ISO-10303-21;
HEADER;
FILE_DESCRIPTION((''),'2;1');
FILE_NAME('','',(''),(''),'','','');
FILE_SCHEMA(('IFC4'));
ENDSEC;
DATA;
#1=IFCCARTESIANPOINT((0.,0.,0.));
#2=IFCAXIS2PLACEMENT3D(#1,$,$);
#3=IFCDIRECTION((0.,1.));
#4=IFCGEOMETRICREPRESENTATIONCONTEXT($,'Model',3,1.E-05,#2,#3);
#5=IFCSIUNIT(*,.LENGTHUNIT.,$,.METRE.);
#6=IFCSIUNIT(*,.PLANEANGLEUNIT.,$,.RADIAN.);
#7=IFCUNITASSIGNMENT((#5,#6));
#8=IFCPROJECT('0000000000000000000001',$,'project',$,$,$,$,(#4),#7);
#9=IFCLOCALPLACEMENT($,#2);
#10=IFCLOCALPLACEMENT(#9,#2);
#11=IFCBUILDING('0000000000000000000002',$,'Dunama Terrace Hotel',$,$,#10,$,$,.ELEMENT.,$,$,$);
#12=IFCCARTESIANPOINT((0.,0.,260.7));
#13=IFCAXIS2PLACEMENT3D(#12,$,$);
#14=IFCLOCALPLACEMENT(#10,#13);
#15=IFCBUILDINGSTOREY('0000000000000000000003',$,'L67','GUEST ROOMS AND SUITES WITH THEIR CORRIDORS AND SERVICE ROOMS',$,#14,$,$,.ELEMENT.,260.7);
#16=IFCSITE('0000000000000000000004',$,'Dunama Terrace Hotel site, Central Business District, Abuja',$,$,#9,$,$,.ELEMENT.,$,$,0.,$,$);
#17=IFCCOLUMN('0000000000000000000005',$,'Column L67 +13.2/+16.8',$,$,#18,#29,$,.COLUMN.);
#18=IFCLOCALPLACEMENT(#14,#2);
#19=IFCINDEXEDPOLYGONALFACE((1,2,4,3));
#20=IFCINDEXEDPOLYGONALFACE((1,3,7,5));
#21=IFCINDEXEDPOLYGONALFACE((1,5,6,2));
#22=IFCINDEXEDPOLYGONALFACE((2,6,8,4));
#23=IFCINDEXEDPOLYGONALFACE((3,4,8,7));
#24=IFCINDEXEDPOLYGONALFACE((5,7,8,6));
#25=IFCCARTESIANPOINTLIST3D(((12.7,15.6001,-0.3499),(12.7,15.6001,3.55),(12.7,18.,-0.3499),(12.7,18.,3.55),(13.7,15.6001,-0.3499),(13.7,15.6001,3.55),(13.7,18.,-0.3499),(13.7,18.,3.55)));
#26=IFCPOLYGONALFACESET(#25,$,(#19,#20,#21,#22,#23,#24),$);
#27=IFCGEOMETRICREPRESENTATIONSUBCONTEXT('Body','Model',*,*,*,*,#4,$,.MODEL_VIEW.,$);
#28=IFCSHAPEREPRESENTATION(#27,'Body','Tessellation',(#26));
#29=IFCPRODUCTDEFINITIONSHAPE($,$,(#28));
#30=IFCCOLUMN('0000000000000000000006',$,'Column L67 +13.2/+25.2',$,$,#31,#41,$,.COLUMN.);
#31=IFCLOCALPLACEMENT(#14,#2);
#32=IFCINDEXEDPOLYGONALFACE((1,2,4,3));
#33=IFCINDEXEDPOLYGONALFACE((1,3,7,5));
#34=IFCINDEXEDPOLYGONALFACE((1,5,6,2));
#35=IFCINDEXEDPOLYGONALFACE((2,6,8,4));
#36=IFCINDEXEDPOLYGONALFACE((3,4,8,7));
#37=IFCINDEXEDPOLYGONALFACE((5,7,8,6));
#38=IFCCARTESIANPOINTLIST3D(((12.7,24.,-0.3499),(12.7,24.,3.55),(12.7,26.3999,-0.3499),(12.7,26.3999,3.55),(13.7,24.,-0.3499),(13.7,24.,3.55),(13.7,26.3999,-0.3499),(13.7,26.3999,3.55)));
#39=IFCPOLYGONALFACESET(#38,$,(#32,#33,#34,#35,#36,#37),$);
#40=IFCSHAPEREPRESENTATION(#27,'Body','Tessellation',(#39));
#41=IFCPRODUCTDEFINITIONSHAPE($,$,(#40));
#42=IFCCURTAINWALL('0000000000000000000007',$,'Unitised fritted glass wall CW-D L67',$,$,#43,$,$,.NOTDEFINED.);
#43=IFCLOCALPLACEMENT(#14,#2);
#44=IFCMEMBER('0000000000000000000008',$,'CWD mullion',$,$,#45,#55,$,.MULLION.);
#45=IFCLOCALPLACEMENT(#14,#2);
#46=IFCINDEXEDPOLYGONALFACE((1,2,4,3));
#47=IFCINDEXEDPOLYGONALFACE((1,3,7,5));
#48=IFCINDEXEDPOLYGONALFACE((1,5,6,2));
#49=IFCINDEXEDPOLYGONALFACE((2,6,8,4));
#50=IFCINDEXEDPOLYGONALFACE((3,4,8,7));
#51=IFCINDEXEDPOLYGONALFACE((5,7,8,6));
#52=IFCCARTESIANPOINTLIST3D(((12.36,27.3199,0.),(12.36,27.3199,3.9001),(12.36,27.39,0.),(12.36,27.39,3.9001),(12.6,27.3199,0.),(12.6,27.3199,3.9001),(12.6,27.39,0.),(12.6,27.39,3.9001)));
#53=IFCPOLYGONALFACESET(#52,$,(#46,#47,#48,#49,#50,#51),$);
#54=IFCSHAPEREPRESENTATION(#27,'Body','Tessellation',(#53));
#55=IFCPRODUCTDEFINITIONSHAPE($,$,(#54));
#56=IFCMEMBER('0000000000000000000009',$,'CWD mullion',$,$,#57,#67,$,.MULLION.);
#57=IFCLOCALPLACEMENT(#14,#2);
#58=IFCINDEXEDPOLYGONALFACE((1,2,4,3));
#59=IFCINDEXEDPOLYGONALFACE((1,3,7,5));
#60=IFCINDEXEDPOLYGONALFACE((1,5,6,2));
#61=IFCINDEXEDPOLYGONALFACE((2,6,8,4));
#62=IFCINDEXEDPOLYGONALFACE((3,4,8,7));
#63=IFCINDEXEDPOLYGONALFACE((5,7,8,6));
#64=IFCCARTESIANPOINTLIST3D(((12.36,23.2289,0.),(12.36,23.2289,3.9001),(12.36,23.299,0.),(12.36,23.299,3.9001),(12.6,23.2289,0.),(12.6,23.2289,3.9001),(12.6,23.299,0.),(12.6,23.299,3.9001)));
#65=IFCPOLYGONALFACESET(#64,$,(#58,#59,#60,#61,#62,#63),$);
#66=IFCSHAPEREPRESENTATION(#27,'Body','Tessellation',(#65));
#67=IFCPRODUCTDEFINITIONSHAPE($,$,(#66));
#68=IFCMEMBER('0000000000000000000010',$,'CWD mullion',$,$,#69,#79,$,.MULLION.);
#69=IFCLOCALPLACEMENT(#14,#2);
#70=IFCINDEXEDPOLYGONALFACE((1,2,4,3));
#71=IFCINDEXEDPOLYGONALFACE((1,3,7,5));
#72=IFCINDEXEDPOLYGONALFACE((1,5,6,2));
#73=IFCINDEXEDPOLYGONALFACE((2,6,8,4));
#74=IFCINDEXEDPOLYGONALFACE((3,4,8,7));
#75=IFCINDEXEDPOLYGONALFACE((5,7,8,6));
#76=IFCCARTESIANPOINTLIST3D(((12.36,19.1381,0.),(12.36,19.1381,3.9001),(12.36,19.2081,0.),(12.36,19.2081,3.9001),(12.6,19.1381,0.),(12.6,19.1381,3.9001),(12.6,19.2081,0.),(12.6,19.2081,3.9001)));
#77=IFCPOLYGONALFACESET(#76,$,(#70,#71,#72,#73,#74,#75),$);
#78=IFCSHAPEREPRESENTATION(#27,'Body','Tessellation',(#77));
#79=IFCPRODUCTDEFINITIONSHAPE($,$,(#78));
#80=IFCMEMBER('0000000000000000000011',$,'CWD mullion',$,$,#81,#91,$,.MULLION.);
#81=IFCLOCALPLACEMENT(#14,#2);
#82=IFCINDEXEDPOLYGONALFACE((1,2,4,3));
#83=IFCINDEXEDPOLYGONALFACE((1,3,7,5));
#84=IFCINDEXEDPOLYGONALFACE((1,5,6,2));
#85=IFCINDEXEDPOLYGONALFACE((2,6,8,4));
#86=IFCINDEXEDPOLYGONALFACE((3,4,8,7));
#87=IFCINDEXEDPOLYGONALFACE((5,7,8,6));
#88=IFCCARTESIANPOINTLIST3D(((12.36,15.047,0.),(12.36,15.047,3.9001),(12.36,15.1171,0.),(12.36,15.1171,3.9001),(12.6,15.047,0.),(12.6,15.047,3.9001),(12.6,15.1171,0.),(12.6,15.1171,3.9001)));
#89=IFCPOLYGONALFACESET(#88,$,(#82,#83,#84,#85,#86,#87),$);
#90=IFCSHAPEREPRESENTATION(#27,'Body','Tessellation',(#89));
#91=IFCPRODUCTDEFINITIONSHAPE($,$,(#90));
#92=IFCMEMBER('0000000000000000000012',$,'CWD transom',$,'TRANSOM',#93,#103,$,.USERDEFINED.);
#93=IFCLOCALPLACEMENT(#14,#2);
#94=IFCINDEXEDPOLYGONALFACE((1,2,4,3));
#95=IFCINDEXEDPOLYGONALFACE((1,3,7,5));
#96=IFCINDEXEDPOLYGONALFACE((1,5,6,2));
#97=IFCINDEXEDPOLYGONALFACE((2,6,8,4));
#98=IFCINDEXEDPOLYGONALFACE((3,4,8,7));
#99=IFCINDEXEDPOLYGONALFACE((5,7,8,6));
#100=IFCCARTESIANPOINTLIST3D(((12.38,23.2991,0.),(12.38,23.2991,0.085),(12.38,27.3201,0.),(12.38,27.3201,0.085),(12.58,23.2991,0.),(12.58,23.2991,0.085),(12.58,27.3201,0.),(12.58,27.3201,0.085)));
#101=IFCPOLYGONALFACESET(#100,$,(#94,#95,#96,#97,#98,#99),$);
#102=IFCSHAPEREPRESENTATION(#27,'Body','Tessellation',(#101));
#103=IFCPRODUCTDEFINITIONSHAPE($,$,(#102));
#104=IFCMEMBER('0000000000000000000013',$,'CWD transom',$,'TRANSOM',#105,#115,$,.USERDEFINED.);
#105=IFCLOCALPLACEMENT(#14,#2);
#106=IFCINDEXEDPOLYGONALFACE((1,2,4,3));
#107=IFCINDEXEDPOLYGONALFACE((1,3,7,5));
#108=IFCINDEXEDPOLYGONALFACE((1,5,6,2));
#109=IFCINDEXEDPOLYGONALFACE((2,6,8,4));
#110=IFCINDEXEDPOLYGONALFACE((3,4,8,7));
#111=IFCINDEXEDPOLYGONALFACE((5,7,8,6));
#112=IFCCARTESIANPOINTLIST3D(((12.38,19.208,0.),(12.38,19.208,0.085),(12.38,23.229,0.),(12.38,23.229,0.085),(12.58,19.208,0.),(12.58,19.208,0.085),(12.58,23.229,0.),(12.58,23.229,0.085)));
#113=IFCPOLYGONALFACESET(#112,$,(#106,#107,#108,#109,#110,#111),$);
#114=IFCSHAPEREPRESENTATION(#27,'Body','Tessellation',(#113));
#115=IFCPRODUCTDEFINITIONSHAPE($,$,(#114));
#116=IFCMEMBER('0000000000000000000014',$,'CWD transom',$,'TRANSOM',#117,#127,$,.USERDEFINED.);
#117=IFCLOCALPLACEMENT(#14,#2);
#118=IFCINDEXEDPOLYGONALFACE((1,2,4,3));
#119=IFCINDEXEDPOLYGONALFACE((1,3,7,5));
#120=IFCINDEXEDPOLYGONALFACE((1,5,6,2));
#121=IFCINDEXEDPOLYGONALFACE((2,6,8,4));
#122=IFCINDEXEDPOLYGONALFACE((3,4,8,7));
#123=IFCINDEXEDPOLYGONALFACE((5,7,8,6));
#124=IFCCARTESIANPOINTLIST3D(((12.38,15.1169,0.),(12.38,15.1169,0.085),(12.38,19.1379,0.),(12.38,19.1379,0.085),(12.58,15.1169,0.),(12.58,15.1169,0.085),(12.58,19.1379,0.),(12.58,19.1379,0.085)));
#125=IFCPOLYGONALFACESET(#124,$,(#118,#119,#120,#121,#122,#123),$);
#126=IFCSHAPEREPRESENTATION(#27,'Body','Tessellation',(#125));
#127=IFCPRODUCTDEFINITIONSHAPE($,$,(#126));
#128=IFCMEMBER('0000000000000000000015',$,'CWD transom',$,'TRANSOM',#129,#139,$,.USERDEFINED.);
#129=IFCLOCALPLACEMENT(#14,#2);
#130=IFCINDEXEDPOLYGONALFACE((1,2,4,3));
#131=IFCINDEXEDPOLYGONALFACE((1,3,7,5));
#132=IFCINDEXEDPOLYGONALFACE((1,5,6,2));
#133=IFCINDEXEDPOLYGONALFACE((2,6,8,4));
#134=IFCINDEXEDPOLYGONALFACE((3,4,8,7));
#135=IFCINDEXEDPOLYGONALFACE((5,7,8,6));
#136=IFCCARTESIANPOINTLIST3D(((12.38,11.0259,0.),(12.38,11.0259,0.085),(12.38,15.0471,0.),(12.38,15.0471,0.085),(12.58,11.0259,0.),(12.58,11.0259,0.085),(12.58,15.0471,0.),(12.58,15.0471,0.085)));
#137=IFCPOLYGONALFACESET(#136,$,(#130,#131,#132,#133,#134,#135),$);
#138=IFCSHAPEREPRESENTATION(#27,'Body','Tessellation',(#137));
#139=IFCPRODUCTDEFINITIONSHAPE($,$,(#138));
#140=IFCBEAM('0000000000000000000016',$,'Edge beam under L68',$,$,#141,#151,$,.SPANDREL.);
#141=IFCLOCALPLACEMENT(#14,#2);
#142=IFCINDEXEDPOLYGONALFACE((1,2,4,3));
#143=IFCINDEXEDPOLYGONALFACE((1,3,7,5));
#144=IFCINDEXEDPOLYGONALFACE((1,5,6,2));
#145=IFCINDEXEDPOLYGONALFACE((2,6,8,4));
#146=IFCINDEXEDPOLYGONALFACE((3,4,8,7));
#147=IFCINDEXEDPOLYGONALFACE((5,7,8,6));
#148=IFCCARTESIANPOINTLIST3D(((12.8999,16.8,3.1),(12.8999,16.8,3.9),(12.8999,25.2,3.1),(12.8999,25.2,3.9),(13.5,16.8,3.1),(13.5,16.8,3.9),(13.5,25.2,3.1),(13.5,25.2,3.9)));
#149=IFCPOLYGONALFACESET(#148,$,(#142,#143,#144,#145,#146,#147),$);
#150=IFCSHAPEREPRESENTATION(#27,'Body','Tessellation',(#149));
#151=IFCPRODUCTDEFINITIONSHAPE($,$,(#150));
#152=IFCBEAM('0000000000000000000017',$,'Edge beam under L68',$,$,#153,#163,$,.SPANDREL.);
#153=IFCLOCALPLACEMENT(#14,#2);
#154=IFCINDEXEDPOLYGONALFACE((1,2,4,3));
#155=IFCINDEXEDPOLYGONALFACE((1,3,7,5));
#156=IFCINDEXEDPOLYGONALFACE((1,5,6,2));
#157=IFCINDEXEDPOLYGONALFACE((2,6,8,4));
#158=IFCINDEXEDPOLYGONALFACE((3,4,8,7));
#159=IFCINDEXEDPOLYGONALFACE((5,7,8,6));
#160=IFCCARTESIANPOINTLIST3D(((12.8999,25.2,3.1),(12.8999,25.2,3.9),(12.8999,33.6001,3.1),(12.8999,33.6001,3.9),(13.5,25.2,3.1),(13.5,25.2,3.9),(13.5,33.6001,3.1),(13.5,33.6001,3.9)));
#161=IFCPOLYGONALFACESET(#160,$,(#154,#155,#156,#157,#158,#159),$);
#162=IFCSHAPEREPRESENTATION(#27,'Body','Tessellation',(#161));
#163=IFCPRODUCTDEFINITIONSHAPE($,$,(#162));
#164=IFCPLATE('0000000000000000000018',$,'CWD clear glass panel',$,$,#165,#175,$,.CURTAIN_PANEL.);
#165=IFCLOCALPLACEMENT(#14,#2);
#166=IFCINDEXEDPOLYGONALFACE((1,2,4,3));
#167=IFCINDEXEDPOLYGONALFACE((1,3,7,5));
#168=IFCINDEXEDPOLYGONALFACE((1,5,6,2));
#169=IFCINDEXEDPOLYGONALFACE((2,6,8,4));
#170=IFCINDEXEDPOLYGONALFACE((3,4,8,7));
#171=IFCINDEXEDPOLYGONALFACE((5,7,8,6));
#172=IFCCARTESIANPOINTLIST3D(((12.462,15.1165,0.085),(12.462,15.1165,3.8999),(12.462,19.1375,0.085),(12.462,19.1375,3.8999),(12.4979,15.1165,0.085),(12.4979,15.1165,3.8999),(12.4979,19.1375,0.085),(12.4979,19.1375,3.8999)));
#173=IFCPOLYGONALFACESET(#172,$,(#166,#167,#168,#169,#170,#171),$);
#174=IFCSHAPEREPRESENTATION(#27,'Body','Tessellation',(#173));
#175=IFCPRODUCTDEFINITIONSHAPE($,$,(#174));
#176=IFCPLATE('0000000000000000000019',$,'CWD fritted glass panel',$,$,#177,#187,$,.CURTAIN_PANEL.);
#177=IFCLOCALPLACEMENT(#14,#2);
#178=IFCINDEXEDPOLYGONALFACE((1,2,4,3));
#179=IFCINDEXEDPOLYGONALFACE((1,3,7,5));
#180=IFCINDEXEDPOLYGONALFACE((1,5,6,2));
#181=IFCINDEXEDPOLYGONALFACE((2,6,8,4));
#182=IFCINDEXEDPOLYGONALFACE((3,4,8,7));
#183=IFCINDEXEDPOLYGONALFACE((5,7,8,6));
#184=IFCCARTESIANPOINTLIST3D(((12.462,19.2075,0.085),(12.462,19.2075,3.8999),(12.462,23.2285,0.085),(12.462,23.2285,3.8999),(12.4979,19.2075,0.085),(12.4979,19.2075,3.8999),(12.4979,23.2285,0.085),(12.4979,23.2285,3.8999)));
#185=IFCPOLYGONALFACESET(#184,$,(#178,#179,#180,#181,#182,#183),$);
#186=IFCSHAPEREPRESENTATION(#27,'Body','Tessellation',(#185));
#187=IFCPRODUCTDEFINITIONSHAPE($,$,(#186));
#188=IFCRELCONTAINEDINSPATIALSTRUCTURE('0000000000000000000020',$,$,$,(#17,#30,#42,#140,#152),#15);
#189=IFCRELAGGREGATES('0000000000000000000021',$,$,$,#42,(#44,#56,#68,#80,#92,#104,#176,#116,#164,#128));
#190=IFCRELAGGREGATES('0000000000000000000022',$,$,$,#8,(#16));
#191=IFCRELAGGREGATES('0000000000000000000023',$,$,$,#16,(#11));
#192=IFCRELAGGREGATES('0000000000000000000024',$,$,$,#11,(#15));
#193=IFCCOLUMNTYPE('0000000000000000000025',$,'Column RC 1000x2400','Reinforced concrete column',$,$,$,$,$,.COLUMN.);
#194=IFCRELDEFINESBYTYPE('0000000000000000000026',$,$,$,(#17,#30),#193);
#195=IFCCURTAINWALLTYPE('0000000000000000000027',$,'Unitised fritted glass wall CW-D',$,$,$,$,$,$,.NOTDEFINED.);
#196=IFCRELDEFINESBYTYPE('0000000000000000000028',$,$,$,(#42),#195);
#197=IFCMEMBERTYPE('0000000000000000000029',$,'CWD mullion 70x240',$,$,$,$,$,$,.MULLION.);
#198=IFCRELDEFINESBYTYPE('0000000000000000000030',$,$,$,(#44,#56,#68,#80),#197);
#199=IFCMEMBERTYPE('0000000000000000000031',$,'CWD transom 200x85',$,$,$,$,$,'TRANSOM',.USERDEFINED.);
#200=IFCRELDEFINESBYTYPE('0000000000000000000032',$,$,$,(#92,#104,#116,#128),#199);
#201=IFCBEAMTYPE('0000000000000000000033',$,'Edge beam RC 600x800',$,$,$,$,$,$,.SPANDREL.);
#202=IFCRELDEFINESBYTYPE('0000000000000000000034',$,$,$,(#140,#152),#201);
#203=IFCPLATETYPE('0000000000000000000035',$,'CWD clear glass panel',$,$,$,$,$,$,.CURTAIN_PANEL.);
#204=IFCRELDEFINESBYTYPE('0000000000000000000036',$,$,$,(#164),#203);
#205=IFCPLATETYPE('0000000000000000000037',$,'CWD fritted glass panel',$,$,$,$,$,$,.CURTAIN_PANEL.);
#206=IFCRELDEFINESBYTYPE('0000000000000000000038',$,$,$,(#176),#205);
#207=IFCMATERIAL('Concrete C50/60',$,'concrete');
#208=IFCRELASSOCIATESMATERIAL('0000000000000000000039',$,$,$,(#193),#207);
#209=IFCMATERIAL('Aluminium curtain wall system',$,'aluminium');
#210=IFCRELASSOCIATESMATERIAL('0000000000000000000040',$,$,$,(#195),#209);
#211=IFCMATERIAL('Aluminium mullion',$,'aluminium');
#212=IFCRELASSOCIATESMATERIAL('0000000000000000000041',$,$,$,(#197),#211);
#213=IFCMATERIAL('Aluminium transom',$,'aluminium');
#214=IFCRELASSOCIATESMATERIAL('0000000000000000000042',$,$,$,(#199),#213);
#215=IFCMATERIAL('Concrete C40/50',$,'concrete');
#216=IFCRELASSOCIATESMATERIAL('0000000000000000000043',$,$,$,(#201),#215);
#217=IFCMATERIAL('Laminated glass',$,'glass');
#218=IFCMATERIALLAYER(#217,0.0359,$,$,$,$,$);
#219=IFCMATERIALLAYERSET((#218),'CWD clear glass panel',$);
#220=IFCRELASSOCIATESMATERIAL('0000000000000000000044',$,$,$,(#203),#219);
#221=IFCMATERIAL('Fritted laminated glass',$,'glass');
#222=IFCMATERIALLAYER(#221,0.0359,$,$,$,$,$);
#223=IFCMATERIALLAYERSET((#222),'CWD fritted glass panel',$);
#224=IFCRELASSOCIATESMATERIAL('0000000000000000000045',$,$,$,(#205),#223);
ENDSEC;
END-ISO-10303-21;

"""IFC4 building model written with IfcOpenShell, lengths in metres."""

from ifc_helpers import new_model, si_unit, direction, frame, origin, origin_2d, place, context, subcontext, project, spatial, rectangle, extrude, material, layer, layer_set, material_profile, profile_set, type_object, element, aggregate, save


model = new_model("IFC4")

# Units and contexts
model_context = context("Model", 3, precision=1e-05, world=origin(), true_north=direction((0.0, 1.0)))
body_context = subcontext(model_context, "Body", "Model", "MODEL_VIEW")
ifc_project = project(units=[si_unit("LENGTHUNIT", "METRE"), si_unit("PLANEANGLEUNIT", "RADIAN")], contexts=[model_context])

# Site, building, storey
site_placement = place(None, origin())
site = spatial("IfcSite", under=ifc_project, at=site_placement, Name="Dunama Terrace Hotel site, Central Business District, Abuja", CompositionType="ELEMENT", RefElevation=0.0)
building_placement = place(site_placement, origin())
building = spatial("IfcBuilding", under=site, at=building_placement, Name="Dunama Terrace Hotel", CompositionType="ELEMENT")
storey_placement = place(building_placement, frame((0.0, 0.0, 260.7)))
storey = spatial("IfcBuildingStorey", under=building, at=storey_placement, Name="L67", Description="GUEST ROOMS AND SUITES WITH THEIR CORRIDORS AND SERVICE ROOMS", CompositionType="ELEMENT", Elevation=260.7)

# Columns
ifc_material_1 = material(Name="Concrete C50/60", Category="concrete")
ifc_material_profile_1 = material_profile(ifc_material_1, rectangle(XDim=1.0, YDim=2.3999, at=origin_2d()), Name="RC 1000x2400")
ifc_profile_set_1 = profile_set([ifc_material_profile_1], Name="Concrete C50/60")
column_type = type_object("IfcColumnType", Name="Column RC 1000x2400", Description="Reinforced concrete column", PredefinedType="COLUMN", material=ifc_profile_set_1)
for number, where, z_axis, x_axis, name in (
    (1, (13.2, 16.8, -0.3499), (0.0, 0.0, 1.0), (1.0, 0.0, 0.0), "Column L67 +13.2/+16.8"),
    (2, (13.2, 25.2, -0.3499), (0.0, 0.0, 1.0), (1.0, 0.0, 0.0), "Column L67 +13.2/+25.2"),
):
    element("IfcColumn", number, at=place(storey_placement, frame(where, z_axis=z_axis, x_axis=x_axis)), inside=storey, type_object=column_type, Name=name, PredefinedType="COLUMN", context=body_context, shape_type="SweptSolid", body=[
        extrude(rectangle(XDim=1.0, YDim=2.3999, at=origin_2d()), origin(), (0.0, 0.0, 1.0), 3.8999),
    ])

# Curtain wall, members
ifc_material_2 = material(Name="Aluminium curtain wall system", Category="aluminium")
curtain_wall_type = type_object("IfcCurtainWallType", Name="Unitised fritted glass wall CW-D", PredefinedType="NOTDEFINED", material=ifc_material_2)
curtain_wall_placement = place(storey_placement, origin())
curtain_wall = element("IfcCurtainWall", 3, at=curtain_wall_placement, inside=storey, type_object=curtain_wall_type, Name="Unitised fritted glass wall CW-D L67", PredefinedType="NOTDEFINED")
ifc_material_3 = material(Name="Aluminium mullion", Category="aluminium")
ifc_material_profile_2 = material_profile(ifc_material_3, rectangle(XDim=0.0701, YDim=0.24, at=origin_2d()), Name="CWD MULLION 70X240")
ifc_profile_set_2 = profile_set([ifc_material_profile_2], Name="Aluminium mullion")
member_type_1 = type_object("IfcMemberType", Name="CWD mullion 70x240", PredefinedType="MULLION", material=ifc_profile_set_2)
member_1_placement = place(storey_placement, frame((12.48, 27.355, 0.0), z_axis=(0.0, 0.0, 1.0), x_axis=(0.0, -1.0, 0.0)))
member_1 = element("IfcMember", 4, at=member_1_placement, type_object=member_type_1, Name="CWD mullion", PredefinedType="MULLION", context=body_context, shape_type="SweptSolid", body=[
    extrude(rectangle(XDim=0.0701, YDim=0.24, at=origin_2d()), origin(), (0.0, 0.0, 1.0), 3.9001),
])
member_2_placement = place(storey_placement, frame((12.48, 23.2639, 0.0), z_axis=(0.0, 0.0, 1.0), x_axis=(0.0, -1.0, 0.0)))
member_2 = element("IfcMember", 5, at=member_2_placement, type_object=member_type_1, Name="CWD mullion", PredefinedType="MULLION", context=body_context, shape_type="SweptSolid", body=[
    extrude(rectangle(XDim=0.0701, YDim=0.24, at=origin_2d()), origin(), (0.0, 0.0, 1.0), 3.9001),
])
member_3_placement = place(storey_placement, frame((12.48, 19.1731, 0.0), z_axis=(0.0, 0.0, 1.0), x_axis=(0.0, -1.0, 0.0)))
member_3 = element("IfcMember", 6, at=member_3_placement, type_object=member_type_1, Name="CWD mullion", PredefinedType="MULLION", context=body_context, shape_type="SweptSolid", body=[
    extrude(rectangle(XDim=0.0701, YDim=0.24, at=origin_2d()), origin(), (0.0, 0.0, 1.0), 3.9001),
])
member_4_placement = place(storey_placement, frame((12.48, 15.082, 0.0), z_axis=(0.0, 0.0, 1.0), x_axis=(0.0, -1.0, 0.0)))
member_4 = element("IfcMember", 7, at=member_4_placement, type_object=member_type_1, Name="CWD mullion", PredefinedType="MULLION", context=body_context, shape_type="SweptSolid", body=[
    extrude(rectangle(XDim=0.0701, YDim=0.24, at=origin_2d()), origin(), (0.0, 0.0, 1.0), 3.9001),
])
ifc_material_4 = material(Name="Aluminium transom", Category="aluminium")
ifc_material_profile_3 = material_profile(ifc_material_4, rectangle(XDim=0.2, YDim=0.085, at=origin_2d()), Name="CWD TRANSOM 200X85")
ifc_profile_set_3 = profile_set([ifc_material_profile_3], Name="Aluminium transom")
member_type_2 = type_object("IfcMemberType", Name="CWD transom 200x85", ElementType="TRANSOM", PredefinedType="USERDEFINED", material=ifc_profile_set_3)
member_5_placement = place(storey_placement, frame((12.48, 27.3201, 0.0425), z_axis=(0.0, -1.0, 0.0), x_axis=(1.0, 0.0, 0.0)))
member_5 = element("IfcMember", 8, at=member_5_placement, type_object=member_type_2, Name="CWD transom", ObjectType="TRANSOM", PredefinedType="USERDEFINED", context=body_context, shape_type="SweptSolid", body=[
    extrude(rectangle(XDim=0.2, YDim=0.085, at=origin_2d()), origin(), (0.0, 0.0, 1.0), 4.021),
])
member_6_placement = place(storey_placement, frame((12.48, 23.229, 0.0425), z_axis=(0.0, -1.0, 0.0), x_axis=(1.0, 0.0, 0.0)))
member_6 = element("IfcMember", 9, at=member_6_placement, type_object=member_type_2, Name="CWD transom", ObjectType="TRANSOM", PredefinedType="USERDEFINED", context=body_context, shape_type="SweptSolid", body=[
    extrude(rectangle(XDim=0.2, YDim=0.085, at=origin_2d()), origin(), (0.0, 0.0, 1.0), 4.021),
])
member_7_placement = place(storey_placement, frame((12.48, 19.1379, 0.0425), z_axis=(0.0, -1.0, 0.0), x_axis=(1.0, 0.0, 0.0)))
member_7 = element("IfcMember", 10, at=member_7_placement, type_object=member_type_2, Name="CWD transom", ObjectType="TRANSOM", PredefinedType="USERDEFINED", context=body_context, shape_type="SweptSolid", body=[
    extrude(rectangle(XDim=0.2, YDim=0.085, at=origin_2d()), origin(), (0.0, 0.0, 1.0), 4.021),
])
member_8_placement = place(storey_placement, frame((12.48, 15.0471, 0.0425), z_axis=(0.0, -1.0, 0.0), x_axis=(1.0, 0.0, 0.0)))
member_8 = element("IfcMember", 11, at=member_8_placement, type_object=member_type_2, Name="CWD transom", ObjectType="TRANSOM", PredefinedType="USERDEFINED", context=body_context, shape_type="SweptSolid", body=[
    extrude(rectangle(XDim=0.2, YDim=0.085, at=origin_2d()), origin(), (0.0, 0.0, 1.0), 4.0212),
])

# Beams
ifc_material_5 = material(Name="Concrete C40/50", Category="concrete")
ifc_material_profile_4 = material_profile(ifc_material_5, rectangle(XDim=0.6001, YDim=0.8, at=origin_2d()), Name="RC 600x800")
ifc_profile_set_4 = profile_set([ifc_material_profile_4], Name="Concrete C40/50")
beam_type = type_object("IfcBeamType", Name="Edge beam RC 600x800", PredefinedType="SPANDREL", material=ifc_profile_set_4)
beam_1_placement = place(storey_placement, frame((13.2, 16.8, 3.5), z_axis=(0.0, 1.0, 0.0), x_axis=(-1.0, 0.0, 0.0)))
element("IfcBeam", 12, at=beam_1_placement, inside=storey, type_object=beam_type, Name="Edge beam under L68", PredefinedType="SPANDREL", context=body_context, shape_type="SweptSolid", body=[
    extrude(rectangle(XDim=0.6001, YDim=0.8, at=origin_2d()), origin(), (0.0, 0.0, 1.0), 8.3999),
])
beam_2_placement = place(storey_placement, frame((13.2, 25.2, 3.5), z_axis=(0.0, 1.0, 0.0), x_axis=(-1.0, 0.0, 0.0)))
element("IfcBeam", 13, at=beam_2_placement, inside=storey, type_object=beam_type, Name="Edge beam under L68", PredefinedType="SPANDREL", context=body_context, shape_type="SweptSolid", body=[
    extrude(rectangle(XDim=0.6001, YDim=0.8, at=origin_2d()), origin(), (0.0, 0.0, 1.0), 8.4001),
])

# Plates
ifc_material_6 = material(Name="Laminated glass", Category="glass")
ifc_layer_1 = layer(ifc_material_6, 0.0359)
ifc_layer_set_1 = layer_set([ifc_layer_1], Name="CWD clear glass panel")
plate_type_1 = type_object("IfcPlateType", Name="CWD clear glass panel", PredefinedType="CURTAIN_PANEL", material=ifc_layer_set_1)
plate_1_placement = place(storey_placement, frame((12.48, 17.127, 0.085), z_axis=(0.0, 0.0, 1.0), x_axis=(0.0, -1.0, 0.0)))
plate_1 = element("IfcPlate", 14, at=plate_1_placement, type_object=plate_type_1, Name="CWD clear glass panel", PredefinedType="CURTAIN_PANEL", context=body_context, shape_type="SweptSolid", body=[
    extrude(rectangle(XDim=4.021, YDim=0.0359, at=origin_2d()), origin(), (0.0, 0.0, 1.0), 3.8149),
])
ifc_material_7 = material(Name="Fritted laminated glass", Category="glass")
ifc_layer_2 = layer(ifc_material_7, 0.0359)
ifc_layer_set_2 = layer_set([ifc_layer_2], Name="CWD fritted glass panel")
plate_type_2 = type_object("IfcPlateType", Name="CWD fritted glass panel", PredefinedType="CURTAIN_PANEL", material=ifc_layer_set_2)
plate_2_placement = place(storey_placement, frame((12.48, 21.218, 0.085), z_axis=(0.0, 0.0, 1.0), x_axis=(0.0, -1.0, 0.0)))
plate_2 = element("IfcPlate", 15, at=plate_2_placement, type_object=plate_type_2, Name="CWD fritted glass panel", PredefinedType="CURTAIN_PANEL", context=body_context, shape_type="SweptSolid", body=[
    extrude(rectangle(XDim=4.021, YDim=0.0359, at=origin_2d()), origin(), (0.0, 0.0, 1.0), 3.8149),
])
aggregate(curtain_wall, [member_1, member_2, member_3, member_4, member_5, member_6, plate_2, member_7, plate_1, member_8])

save(model, "model.ifc")
